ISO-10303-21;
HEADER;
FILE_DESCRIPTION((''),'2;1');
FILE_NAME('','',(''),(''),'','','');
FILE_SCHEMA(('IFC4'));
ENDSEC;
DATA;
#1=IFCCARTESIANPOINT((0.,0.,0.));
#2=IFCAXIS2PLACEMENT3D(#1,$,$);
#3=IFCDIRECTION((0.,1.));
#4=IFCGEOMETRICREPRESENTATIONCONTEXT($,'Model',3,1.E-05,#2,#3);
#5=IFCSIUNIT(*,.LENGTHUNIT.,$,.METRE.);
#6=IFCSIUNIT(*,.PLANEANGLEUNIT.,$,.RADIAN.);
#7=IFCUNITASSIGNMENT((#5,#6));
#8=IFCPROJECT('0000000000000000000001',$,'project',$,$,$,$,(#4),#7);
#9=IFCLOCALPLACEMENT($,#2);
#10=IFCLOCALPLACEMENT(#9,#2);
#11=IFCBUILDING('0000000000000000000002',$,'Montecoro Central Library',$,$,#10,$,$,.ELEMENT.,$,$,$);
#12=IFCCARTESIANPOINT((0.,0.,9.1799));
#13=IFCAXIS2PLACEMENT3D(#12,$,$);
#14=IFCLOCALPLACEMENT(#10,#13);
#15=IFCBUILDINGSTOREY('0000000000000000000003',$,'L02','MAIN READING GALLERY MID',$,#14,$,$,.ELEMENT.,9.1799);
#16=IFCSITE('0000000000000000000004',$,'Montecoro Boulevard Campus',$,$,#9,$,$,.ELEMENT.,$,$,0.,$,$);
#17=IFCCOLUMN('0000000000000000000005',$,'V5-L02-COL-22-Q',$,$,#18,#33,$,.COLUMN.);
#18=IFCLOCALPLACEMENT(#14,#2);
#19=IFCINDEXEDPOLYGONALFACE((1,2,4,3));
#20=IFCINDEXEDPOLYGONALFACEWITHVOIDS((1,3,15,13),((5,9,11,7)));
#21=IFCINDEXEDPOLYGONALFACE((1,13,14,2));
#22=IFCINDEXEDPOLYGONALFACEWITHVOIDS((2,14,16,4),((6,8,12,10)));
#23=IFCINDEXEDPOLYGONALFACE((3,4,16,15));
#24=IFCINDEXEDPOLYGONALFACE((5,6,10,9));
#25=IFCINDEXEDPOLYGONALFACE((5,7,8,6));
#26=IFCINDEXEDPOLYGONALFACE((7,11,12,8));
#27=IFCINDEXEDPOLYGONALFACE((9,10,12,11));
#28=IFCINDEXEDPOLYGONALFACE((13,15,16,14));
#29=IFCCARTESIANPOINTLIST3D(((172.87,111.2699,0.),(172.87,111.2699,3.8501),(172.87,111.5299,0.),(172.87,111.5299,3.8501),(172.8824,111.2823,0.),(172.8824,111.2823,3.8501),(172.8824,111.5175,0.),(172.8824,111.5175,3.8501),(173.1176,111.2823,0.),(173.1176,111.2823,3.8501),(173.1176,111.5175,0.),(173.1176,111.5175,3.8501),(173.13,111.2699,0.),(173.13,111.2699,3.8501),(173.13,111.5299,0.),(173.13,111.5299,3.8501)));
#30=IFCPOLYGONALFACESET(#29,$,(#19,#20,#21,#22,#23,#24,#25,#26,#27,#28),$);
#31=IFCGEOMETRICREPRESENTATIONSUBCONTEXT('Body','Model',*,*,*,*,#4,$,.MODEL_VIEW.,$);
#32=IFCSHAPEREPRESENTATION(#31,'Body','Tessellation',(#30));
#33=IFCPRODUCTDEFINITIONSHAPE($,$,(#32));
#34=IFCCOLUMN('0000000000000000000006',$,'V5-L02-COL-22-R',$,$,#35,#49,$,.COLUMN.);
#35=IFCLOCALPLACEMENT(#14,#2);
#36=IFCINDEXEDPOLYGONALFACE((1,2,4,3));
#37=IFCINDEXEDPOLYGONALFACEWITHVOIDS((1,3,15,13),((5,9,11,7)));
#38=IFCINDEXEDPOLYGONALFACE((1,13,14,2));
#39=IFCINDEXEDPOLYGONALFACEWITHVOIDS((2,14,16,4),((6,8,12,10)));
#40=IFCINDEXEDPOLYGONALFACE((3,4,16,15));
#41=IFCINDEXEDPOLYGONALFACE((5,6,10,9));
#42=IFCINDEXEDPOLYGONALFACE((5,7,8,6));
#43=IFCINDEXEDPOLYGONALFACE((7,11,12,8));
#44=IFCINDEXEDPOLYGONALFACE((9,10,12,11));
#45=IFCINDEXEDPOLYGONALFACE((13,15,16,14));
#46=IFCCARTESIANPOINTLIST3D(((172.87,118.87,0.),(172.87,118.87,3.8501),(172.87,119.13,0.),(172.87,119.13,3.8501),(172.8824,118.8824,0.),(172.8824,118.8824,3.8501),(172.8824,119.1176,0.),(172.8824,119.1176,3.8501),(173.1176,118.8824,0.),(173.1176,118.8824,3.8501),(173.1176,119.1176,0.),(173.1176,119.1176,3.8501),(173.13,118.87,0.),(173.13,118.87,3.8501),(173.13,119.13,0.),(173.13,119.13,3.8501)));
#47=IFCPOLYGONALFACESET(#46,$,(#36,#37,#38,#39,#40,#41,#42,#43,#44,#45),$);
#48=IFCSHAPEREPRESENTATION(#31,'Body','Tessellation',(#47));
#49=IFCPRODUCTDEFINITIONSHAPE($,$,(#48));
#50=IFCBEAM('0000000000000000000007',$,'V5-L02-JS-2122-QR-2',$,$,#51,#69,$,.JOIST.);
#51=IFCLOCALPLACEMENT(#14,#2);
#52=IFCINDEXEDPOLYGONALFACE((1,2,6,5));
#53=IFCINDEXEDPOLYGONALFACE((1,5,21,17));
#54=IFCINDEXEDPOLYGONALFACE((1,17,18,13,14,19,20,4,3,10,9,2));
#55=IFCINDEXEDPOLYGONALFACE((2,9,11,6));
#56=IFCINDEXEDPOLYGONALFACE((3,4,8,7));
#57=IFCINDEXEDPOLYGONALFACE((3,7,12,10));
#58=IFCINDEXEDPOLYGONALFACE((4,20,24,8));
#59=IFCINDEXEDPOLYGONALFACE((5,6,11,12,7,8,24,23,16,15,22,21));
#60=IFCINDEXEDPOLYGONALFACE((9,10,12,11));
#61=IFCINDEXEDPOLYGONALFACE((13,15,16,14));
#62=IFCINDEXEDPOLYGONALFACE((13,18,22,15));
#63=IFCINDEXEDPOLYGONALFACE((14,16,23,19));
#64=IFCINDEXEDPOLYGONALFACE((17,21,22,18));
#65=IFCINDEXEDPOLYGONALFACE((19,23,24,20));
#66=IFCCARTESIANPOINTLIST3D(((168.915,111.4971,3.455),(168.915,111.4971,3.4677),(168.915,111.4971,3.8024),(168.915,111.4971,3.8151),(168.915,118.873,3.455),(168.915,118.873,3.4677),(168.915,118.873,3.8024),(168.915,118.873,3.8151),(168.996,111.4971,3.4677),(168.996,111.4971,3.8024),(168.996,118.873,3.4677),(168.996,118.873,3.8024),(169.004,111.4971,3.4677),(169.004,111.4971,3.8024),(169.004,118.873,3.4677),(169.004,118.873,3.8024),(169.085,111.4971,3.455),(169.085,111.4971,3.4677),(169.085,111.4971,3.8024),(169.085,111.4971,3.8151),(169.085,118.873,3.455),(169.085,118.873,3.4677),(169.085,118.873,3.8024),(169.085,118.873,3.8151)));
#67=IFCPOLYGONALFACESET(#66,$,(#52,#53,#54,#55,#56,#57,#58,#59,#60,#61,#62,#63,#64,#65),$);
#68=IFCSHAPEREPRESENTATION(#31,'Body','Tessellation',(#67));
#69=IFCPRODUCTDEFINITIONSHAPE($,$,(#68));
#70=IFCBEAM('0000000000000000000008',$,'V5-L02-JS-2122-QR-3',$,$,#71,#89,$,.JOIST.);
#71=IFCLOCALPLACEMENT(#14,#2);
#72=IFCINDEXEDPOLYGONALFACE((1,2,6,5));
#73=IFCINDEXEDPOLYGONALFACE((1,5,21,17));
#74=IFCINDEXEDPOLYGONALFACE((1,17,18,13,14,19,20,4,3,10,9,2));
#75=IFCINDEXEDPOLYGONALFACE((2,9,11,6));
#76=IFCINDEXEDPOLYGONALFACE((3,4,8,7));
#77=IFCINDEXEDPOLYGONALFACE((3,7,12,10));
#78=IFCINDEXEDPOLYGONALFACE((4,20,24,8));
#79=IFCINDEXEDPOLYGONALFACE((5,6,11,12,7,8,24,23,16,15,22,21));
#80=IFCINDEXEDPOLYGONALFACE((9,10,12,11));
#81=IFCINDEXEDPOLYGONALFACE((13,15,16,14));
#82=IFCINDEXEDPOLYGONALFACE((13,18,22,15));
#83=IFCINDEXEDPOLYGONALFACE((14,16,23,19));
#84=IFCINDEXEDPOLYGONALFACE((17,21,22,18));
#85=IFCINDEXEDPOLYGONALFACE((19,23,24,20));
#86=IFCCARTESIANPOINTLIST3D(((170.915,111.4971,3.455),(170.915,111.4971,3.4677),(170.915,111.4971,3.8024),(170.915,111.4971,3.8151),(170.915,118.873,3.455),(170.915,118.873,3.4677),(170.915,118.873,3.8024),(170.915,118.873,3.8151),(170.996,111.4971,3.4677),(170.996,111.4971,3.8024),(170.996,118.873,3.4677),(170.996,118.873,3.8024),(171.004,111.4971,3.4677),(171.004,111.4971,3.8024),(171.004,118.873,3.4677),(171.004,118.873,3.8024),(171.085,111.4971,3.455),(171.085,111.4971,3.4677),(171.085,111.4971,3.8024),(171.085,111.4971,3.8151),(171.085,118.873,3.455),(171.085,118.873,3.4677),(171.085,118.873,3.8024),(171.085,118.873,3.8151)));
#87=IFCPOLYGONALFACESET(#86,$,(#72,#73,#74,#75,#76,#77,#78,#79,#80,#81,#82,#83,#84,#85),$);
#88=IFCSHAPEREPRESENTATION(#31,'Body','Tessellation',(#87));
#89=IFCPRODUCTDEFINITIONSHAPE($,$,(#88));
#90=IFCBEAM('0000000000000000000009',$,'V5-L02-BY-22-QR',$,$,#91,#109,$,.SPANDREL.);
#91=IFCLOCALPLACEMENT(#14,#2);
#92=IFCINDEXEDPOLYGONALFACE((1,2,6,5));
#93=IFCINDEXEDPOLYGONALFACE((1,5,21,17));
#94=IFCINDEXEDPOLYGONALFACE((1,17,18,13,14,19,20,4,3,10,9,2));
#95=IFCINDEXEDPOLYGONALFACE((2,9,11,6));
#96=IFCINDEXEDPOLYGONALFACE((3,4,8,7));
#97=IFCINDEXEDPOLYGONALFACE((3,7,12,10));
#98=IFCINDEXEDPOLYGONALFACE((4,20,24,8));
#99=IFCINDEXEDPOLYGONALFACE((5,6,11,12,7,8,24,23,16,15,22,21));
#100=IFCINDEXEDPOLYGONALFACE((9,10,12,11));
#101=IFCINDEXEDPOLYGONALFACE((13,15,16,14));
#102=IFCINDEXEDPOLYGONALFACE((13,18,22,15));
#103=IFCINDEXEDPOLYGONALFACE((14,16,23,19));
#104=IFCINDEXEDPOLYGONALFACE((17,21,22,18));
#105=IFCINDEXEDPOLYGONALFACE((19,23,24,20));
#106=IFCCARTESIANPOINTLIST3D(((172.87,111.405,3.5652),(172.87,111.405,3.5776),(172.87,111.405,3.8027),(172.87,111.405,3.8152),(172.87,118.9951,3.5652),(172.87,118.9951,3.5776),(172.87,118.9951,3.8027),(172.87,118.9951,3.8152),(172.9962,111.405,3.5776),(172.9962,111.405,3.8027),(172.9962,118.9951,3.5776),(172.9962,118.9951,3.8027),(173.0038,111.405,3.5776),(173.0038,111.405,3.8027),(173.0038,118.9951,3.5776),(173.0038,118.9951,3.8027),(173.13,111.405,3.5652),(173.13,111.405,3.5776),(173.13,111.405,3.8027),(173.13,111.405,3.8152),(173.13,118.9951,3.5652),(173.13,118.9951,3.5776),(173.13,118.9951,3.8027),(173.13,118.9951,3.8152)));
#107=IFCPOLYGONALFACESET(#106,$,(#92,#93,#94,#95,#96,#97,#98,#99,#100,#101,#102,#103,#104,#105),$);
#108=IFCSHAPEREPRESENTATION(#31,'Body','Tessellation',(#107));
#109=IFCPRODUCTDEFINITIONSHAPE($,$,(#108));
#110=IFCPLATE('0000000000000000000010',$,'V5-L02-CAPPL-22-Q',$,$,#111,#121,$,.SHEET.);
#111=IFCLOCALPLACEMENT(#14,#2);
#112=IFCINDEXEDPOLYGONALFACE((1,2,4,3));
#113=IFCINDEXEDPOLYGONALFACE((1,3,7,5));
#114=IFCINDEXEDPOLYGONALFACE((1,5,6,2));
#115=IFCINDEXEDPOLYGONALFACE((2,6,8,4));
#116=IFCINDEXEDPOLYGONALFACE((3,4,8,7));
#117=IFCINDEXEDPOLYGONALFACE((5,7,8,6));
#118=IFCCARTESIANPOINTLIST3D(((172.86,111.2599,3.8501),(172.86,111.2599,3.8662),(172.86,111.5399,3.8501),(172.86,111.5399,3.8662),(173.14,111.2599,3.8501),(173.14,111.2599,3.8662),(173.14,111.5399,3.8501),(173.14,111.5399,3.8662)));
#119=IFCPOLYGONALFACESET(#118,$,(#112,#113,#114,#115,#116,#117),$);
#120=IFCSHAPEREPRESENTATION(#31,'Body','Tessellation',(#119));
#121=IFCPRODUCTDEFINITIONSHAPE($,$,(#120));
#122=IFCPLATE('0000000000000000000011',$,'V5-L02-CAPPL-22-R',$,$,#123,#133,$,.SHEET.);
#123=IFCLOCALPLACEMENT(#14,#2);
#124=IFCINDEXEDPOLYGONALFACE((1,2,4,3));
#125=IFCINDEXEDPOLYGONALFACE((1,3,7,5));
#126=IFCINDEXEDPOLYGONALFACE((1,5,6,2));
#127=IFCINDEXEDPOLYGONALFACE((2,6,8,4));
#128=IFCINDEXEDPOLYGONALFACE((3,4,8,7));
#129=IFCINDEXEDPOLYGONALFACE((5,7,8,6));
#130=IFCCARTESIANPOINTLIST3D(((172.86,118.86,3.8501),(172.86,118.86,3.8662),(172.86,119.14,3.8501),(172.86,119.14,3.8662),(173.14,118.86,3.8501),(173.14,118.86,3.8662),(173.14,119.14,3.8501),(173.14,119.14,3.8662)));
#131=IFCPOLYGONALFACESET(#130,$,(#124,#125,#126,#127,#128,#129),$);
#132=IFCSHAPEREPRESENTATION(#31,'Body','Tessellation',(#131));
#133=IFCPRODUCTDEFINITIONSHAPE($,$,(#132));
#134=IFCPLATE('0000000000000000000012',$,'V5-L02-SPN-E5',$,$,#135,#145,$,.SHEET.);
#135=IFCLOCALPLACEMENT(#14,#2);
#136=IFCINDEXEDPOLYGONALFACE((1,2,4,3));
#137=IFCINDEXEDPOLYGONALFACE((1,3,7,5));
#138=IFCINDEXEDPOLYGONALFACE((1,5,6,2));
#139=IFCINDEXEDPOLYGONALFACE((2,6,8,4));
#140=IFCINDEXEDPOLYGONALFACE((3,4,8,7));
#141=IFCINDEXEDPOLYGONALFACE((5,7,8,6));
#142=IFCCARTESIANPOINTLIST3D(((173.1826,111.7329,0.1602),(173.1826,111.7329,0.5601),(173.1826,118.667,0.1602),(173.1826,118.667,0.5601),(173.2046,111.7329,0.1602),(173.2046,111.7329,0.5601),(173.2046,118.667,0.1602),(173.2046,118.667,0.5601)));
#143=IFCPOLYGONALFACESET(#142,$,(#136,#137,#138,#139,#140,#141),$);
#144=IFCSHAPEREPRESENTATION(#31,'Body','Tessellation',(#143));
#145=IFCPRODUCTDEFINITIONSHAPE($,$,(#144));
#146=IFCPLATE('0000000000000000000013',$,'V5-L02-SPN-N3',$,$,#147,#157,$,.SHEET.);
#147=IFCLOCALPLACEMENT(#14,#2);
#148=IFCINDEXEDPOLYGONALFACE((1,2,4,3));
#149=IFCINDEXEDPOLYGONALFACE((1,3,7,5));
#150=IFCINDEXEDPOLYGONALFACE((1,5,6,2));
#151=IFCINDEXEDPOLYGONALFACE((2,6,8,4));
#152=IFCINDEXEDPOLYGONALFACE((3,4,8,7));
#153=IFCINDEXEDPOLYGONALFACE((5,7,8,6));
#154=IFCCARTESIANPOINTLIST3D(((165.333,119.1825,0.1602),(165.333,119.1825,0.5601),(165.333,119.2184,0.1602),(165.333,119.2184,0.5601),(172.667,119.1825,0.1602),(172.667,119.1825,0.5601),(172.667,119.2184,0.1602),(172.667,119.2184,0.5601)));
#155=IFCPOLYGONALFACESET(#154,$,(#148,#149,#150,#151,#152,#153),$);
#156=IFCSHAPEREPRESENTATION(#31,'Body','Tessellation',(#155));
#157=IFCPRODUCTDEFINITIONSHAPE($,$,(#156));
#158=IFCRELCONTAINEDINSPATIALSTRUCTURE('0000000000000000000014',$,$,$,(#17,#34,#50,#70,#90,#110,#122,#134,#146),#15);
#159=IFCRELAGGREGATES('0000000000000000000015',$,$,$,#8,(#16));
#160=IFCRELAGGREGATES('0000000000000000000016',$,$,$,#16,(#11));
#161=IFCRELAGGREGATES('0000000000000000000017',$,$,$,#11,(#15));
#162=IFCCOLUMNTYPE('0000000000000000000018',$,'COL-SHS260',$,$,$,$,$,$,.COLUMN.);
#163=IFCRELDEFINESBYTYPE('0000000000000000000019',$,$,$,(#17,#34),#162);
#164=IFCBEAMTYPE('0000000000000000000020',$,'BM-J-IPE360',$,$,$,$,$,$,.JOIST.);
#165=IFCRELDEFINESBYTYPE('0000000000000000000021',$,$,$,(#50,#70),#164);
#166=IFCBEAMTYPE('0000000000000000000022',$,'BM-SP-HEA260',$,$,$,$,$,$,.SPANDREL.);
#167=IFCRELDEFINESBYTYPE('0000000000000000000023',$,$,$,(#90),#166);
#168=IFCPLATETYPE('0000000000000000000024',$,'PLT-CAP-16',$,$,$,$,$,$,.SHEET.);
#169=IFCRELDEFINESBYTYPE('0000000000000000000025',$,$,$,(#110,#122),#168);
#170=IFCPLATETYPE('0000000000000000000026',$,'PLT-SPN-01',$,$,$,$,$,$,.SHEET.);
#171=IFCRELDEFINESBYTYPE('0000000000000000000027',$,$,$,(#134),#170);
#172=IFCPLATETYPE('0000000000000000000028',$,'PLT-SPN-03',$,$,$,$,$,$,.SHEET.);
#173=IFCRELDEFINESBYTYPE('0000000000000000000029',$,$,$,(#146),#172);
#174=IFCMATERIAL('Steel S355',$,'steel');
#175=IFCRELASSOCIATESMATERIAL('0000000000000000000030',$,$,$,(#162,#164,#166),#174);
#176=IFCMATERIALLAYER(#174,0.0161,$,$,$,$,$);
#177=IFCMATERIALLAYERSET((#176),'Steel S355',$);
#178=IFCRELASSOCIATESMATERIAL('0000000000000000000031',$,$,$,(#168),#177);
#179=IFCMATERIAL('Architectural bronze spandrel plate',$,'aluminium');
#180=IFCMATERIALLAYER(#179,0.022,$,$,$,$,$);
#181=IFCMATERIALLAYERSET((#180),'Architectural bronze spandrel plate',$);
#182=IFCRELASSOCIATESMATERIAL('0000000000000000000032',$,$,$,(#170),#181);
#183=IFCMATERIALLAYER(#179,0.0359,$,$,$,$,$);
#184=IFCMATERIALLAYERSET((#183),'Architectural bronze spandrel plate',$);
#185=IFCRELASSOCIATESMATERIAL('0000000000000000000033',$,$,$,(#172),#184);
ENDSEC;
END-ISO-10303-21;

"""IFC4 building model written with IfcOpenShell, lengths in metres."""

from ifc_helpers import new_model, si_unit, direction, frame, origin, origin_2d, place, context, subcontext, project, spatial, rectangle, hollow_rectangle, i_section, extrude, material, layer, layer_set, material_profile, profile_set, type_object, element, save


model = new_model("IFC4")

# Units and contexts
model_context = context("Model", 3, precision=1e-05, world=origin(), true_north=direction((0.0, 1.0)))
body_context = subcontext(model_context, "Body", "Model", "MODEL_VIEW")
ifc_project = project(units=[si_unit("LENGTHUNIT", "METRE"), si_unit("PLANEANGLEUNIT", "RADIAN")], contexts=[model_context])

# Site, building, storey
site_placement = place(None, origin())
site = spatial("IfcSite", under=ifc_project, at=site_placement, Name="Montecoro Boulevard Campus", CompositionType="ELEMENT", RefElevation=0.0)
building_placement = place(site_placement, origin())
building = spatial("IfcBuilding", under=site, at=building_placement, Name="Montecoro Central Library", CompositionType="ELEMENT")
storey_placement = place(building_placement, frame((0.0, 0.0, 9.1799)))
storey = spatial("IfcBuildingStorey", under=building, at=storey_placement, Name="L02", Description="MAIN READING GALLERY MID", CompositionType="ELEMENT", Elevation=9.1799)

# Columns
ifc_material_1 = material(Name="Steel S355", Category="steel")
ifc_material_profile_1 = material_profile(ifc_material_1, hollow_rectangle(XDim=0.26, YDim=0.26, WallThickness=0.0125, at=origin_2d()), Name="SHS 260x260x12.5")
ifc_profile_set_1 = profile_set([ifc_material_profile_1], Name="Steel S355")
column_type = type_object("IfcColumnType", Name="COL-SHS260", PredefinedType="COLUMN", material=ifc_profile_set_1)
for number, where, z_axis, x_axis, name in (
    (1, (173.0, 111.3999, 0.0), (0.0, 0.0, 1.0), (1.0, 0.0, 0.0), "V5-L02-COL-22-Q"),
    (2, (173.0, 119.0, 0.0), (0.0, 0.0, 1.0), (1.0, 0.0, 0.0), "V5-L02-COL-22-R"),
):
    element("IfcColumn", number, at=place(storey_placement, frame(where, z_axis=z_axis, x_axis=x_axis)), inside=storey, type_object=column_type, Name=name, PredefinedType="COLUMN", context=body_context, shape_type="SweptSolid", body=[
        extrude(hollow_rectangle(XDim=0.26, YDim=0.26, WallThickness=0.0125, at=origin_2d()), origin(), (0.0, 0.0, 1.0), 3.8501),
    ])

# Beams
ifc_material_profile_2 = material_profile(ifc_material_1, i_section(OverallWidth=0.1699, OverallDepth=0.3601, WebThickness=0.0081, FlangeThickness=0.0127, at=origin_2d()), Name="IPE 360")
ifc_profile_set_2 = profile_set([ifc_material_profile_2], Name="Steel S355")
beam_type_1 = type_object("IfcBeamType", Name="BM-J-IPE360", PredefinedType="JOIST", material=ifc_profile_set_2)
for number, where, z_axis, x_axis, name in (
    (3, (169.0, 111.4971, 3.635), (0.0, 1.0, 0.0), (-1.0, 0.0, 0.0), "V5-L02-JS-2122-QR-2"),
    (4, (171.0, 111.4971, 3.635), (0.0, 1.0, 0.0), (-1.0, 0.0, 0.0), "V5-L02-JS-2122-QR-3"),
):
    element("IfcBeam", number, at=place(storey_placement, frame(where, z_axis=z_axis, x_axis=x_axis)), inside=storey, type_object=beam_type_1, Name=name, PredefinedType="JOIST", context=body_context, shape_type="SweptSolid", body=[
        extrude(i_section(OverallWidth=0.1699, OverallDepth=0.3601, WebThickness=0.0081, FlangeThickness=0.0127, at=origin_2d()), origin(), (0.0, 0.0, 1.0), 7.376),
    ])
ifc_material_profile_3 = material_profile(ifc_material_1, i_section(OverallWidth=0.26, OverallDepth=0.25, WebThickness=0.0076, FlangeThickness=0.0125, at=origin_2d()), Name="HEA 260")
ifc_profile_set_3 = profile_set([ifc_material_profile_3], Name="Steel S355")
beam_type_2 = type_object("IfcBeamType", Name="BM-SP-HEA260", PredefinedType="SPANDREL", material=ifc_profile_set_3)
beam_placement = place(storey_placement, frame((173.0, 111.405, 3.6902), z_axis=(0.0, 1.0, 0.0), x_axis=(-1.0, 0.0, 0.0)))
element("IfcBeam", 5, at=beam_placement, inside=storey, type_object=beam_type_2, Name="V5-L02-BY-22-QR", PredefinedType="SPANDREL", context=body_context, shape_type="SweptSolid", body=[
    extrude(i_section(OverallWidth=0.26, OverallDepth=0.25, WebThickness=0.0076, FlangeThickness=0.0125, at=origin_2d()), origin(), (0.0, 0.0, 1.0), 7.5901),
])

# Plates
ifc_layer_1 = layer(ifc_material_1, 0.0161)
ifc_layer_set_1 = layer_set([ifc_layer_1], Name="Steel S355")
plate_type_1 = type_object("IfcPlateType", Name="PLT-CAP-16", PredefinedType="SHEET", material=ifc_layer_set_1)
for number, where, z_axis, x_axis, name in (
    (6, (173.0, 111.3999, 3.8501), (0.0, 0.0, 1.0), (1.0, 0.0, 0.0), "V5-L02-CAPPL-22-Q"),
    (7, (173.0, 119.0, 3.8501), (0.0, 0.0, 1.0), (1.0, 0.0, 0.0), "V5-L02-CAPPL-22-R"),
):
    element("IfcPlate", number, at=place(storey_placement, frame(where, z_axis=z_axis, x_axis=x_axis)), inside=storey, type_object=plate_type_1, Name=name, PredefinedType="SHEET", context=body_context, shape_type="SweptSolid", body=[
        extrude(rectangle(XDim=0.28, YDim=0.28, at=origin_2d()), origin(), (0.0, 0.0, 1.0), 0.0161),
    ])
ifc_material_2 = material(Name="Architectural bronze spandrel plate", Category="aluminium")
ifc_layer_2 = layer(ifc_material_2, 0.022)
ifc_layer_set_2 = layer_set([ifc_layer_2], Name="Architectural bronze spandrel plate")
plate_type_2 = type_object("IfcPlateType", Name="PLT-SPN-01", PredefinedType="SHEET", material=ifc_layer_set_2)
plate_1_placement = place(storey_placement, frame((173.1936, 115.2, 0.1602), z_axis=(0.0, 0.0, 1.0), x_axis=(0.0, 1.0, 0.0)))
element("IfcPlate", 8, at=plate_1_placement, inside=storey, type_object=plate_type_2, Name="V5-L02-SPN-E5", PredefinedType="SHEET", context=body_context, shape_type="SweptSolid", body=[
    extrude(rectangle(XDim=6.9341, YDim=0.022, at=origin_2d()), origin(), (0.0, 0.0, 1.0), 0.3999),
])
ifc_layer_3 = layer(ifc_material_2, 0.0359)
ifc_layer_set_3 = layer_set([ifc_layer_3], Name="Architectural bronze spandrel plate")
plate_type_3 = type_object("IfcPlateType", Name="PLT-SPN-03", PredefinedType="SHEET", material=ifc_layer_set_3)
plate_2_placement = place(storey_placement, frame((169.0, 119.2004, 0.1602), z_axis=(0.0, 0.0, 1.0), x_axis=(-1.0, 0.0, 0.0)))
element("IfcPlate", 9, at=plate_2_placement, inside=storey, type_object=plate_type_3, Name="V5-L02-SPN-N3", PredefinedType="SHEET", context=body_context, shape_type="SweptSolid", body=[
    extrude(rectangle(XDim=7.334, YDim=0.0359, at=origin_2d()), origin(), (0.0, 0.0, 1.0), 0.3999),
])

save(model, "model.ifc")
